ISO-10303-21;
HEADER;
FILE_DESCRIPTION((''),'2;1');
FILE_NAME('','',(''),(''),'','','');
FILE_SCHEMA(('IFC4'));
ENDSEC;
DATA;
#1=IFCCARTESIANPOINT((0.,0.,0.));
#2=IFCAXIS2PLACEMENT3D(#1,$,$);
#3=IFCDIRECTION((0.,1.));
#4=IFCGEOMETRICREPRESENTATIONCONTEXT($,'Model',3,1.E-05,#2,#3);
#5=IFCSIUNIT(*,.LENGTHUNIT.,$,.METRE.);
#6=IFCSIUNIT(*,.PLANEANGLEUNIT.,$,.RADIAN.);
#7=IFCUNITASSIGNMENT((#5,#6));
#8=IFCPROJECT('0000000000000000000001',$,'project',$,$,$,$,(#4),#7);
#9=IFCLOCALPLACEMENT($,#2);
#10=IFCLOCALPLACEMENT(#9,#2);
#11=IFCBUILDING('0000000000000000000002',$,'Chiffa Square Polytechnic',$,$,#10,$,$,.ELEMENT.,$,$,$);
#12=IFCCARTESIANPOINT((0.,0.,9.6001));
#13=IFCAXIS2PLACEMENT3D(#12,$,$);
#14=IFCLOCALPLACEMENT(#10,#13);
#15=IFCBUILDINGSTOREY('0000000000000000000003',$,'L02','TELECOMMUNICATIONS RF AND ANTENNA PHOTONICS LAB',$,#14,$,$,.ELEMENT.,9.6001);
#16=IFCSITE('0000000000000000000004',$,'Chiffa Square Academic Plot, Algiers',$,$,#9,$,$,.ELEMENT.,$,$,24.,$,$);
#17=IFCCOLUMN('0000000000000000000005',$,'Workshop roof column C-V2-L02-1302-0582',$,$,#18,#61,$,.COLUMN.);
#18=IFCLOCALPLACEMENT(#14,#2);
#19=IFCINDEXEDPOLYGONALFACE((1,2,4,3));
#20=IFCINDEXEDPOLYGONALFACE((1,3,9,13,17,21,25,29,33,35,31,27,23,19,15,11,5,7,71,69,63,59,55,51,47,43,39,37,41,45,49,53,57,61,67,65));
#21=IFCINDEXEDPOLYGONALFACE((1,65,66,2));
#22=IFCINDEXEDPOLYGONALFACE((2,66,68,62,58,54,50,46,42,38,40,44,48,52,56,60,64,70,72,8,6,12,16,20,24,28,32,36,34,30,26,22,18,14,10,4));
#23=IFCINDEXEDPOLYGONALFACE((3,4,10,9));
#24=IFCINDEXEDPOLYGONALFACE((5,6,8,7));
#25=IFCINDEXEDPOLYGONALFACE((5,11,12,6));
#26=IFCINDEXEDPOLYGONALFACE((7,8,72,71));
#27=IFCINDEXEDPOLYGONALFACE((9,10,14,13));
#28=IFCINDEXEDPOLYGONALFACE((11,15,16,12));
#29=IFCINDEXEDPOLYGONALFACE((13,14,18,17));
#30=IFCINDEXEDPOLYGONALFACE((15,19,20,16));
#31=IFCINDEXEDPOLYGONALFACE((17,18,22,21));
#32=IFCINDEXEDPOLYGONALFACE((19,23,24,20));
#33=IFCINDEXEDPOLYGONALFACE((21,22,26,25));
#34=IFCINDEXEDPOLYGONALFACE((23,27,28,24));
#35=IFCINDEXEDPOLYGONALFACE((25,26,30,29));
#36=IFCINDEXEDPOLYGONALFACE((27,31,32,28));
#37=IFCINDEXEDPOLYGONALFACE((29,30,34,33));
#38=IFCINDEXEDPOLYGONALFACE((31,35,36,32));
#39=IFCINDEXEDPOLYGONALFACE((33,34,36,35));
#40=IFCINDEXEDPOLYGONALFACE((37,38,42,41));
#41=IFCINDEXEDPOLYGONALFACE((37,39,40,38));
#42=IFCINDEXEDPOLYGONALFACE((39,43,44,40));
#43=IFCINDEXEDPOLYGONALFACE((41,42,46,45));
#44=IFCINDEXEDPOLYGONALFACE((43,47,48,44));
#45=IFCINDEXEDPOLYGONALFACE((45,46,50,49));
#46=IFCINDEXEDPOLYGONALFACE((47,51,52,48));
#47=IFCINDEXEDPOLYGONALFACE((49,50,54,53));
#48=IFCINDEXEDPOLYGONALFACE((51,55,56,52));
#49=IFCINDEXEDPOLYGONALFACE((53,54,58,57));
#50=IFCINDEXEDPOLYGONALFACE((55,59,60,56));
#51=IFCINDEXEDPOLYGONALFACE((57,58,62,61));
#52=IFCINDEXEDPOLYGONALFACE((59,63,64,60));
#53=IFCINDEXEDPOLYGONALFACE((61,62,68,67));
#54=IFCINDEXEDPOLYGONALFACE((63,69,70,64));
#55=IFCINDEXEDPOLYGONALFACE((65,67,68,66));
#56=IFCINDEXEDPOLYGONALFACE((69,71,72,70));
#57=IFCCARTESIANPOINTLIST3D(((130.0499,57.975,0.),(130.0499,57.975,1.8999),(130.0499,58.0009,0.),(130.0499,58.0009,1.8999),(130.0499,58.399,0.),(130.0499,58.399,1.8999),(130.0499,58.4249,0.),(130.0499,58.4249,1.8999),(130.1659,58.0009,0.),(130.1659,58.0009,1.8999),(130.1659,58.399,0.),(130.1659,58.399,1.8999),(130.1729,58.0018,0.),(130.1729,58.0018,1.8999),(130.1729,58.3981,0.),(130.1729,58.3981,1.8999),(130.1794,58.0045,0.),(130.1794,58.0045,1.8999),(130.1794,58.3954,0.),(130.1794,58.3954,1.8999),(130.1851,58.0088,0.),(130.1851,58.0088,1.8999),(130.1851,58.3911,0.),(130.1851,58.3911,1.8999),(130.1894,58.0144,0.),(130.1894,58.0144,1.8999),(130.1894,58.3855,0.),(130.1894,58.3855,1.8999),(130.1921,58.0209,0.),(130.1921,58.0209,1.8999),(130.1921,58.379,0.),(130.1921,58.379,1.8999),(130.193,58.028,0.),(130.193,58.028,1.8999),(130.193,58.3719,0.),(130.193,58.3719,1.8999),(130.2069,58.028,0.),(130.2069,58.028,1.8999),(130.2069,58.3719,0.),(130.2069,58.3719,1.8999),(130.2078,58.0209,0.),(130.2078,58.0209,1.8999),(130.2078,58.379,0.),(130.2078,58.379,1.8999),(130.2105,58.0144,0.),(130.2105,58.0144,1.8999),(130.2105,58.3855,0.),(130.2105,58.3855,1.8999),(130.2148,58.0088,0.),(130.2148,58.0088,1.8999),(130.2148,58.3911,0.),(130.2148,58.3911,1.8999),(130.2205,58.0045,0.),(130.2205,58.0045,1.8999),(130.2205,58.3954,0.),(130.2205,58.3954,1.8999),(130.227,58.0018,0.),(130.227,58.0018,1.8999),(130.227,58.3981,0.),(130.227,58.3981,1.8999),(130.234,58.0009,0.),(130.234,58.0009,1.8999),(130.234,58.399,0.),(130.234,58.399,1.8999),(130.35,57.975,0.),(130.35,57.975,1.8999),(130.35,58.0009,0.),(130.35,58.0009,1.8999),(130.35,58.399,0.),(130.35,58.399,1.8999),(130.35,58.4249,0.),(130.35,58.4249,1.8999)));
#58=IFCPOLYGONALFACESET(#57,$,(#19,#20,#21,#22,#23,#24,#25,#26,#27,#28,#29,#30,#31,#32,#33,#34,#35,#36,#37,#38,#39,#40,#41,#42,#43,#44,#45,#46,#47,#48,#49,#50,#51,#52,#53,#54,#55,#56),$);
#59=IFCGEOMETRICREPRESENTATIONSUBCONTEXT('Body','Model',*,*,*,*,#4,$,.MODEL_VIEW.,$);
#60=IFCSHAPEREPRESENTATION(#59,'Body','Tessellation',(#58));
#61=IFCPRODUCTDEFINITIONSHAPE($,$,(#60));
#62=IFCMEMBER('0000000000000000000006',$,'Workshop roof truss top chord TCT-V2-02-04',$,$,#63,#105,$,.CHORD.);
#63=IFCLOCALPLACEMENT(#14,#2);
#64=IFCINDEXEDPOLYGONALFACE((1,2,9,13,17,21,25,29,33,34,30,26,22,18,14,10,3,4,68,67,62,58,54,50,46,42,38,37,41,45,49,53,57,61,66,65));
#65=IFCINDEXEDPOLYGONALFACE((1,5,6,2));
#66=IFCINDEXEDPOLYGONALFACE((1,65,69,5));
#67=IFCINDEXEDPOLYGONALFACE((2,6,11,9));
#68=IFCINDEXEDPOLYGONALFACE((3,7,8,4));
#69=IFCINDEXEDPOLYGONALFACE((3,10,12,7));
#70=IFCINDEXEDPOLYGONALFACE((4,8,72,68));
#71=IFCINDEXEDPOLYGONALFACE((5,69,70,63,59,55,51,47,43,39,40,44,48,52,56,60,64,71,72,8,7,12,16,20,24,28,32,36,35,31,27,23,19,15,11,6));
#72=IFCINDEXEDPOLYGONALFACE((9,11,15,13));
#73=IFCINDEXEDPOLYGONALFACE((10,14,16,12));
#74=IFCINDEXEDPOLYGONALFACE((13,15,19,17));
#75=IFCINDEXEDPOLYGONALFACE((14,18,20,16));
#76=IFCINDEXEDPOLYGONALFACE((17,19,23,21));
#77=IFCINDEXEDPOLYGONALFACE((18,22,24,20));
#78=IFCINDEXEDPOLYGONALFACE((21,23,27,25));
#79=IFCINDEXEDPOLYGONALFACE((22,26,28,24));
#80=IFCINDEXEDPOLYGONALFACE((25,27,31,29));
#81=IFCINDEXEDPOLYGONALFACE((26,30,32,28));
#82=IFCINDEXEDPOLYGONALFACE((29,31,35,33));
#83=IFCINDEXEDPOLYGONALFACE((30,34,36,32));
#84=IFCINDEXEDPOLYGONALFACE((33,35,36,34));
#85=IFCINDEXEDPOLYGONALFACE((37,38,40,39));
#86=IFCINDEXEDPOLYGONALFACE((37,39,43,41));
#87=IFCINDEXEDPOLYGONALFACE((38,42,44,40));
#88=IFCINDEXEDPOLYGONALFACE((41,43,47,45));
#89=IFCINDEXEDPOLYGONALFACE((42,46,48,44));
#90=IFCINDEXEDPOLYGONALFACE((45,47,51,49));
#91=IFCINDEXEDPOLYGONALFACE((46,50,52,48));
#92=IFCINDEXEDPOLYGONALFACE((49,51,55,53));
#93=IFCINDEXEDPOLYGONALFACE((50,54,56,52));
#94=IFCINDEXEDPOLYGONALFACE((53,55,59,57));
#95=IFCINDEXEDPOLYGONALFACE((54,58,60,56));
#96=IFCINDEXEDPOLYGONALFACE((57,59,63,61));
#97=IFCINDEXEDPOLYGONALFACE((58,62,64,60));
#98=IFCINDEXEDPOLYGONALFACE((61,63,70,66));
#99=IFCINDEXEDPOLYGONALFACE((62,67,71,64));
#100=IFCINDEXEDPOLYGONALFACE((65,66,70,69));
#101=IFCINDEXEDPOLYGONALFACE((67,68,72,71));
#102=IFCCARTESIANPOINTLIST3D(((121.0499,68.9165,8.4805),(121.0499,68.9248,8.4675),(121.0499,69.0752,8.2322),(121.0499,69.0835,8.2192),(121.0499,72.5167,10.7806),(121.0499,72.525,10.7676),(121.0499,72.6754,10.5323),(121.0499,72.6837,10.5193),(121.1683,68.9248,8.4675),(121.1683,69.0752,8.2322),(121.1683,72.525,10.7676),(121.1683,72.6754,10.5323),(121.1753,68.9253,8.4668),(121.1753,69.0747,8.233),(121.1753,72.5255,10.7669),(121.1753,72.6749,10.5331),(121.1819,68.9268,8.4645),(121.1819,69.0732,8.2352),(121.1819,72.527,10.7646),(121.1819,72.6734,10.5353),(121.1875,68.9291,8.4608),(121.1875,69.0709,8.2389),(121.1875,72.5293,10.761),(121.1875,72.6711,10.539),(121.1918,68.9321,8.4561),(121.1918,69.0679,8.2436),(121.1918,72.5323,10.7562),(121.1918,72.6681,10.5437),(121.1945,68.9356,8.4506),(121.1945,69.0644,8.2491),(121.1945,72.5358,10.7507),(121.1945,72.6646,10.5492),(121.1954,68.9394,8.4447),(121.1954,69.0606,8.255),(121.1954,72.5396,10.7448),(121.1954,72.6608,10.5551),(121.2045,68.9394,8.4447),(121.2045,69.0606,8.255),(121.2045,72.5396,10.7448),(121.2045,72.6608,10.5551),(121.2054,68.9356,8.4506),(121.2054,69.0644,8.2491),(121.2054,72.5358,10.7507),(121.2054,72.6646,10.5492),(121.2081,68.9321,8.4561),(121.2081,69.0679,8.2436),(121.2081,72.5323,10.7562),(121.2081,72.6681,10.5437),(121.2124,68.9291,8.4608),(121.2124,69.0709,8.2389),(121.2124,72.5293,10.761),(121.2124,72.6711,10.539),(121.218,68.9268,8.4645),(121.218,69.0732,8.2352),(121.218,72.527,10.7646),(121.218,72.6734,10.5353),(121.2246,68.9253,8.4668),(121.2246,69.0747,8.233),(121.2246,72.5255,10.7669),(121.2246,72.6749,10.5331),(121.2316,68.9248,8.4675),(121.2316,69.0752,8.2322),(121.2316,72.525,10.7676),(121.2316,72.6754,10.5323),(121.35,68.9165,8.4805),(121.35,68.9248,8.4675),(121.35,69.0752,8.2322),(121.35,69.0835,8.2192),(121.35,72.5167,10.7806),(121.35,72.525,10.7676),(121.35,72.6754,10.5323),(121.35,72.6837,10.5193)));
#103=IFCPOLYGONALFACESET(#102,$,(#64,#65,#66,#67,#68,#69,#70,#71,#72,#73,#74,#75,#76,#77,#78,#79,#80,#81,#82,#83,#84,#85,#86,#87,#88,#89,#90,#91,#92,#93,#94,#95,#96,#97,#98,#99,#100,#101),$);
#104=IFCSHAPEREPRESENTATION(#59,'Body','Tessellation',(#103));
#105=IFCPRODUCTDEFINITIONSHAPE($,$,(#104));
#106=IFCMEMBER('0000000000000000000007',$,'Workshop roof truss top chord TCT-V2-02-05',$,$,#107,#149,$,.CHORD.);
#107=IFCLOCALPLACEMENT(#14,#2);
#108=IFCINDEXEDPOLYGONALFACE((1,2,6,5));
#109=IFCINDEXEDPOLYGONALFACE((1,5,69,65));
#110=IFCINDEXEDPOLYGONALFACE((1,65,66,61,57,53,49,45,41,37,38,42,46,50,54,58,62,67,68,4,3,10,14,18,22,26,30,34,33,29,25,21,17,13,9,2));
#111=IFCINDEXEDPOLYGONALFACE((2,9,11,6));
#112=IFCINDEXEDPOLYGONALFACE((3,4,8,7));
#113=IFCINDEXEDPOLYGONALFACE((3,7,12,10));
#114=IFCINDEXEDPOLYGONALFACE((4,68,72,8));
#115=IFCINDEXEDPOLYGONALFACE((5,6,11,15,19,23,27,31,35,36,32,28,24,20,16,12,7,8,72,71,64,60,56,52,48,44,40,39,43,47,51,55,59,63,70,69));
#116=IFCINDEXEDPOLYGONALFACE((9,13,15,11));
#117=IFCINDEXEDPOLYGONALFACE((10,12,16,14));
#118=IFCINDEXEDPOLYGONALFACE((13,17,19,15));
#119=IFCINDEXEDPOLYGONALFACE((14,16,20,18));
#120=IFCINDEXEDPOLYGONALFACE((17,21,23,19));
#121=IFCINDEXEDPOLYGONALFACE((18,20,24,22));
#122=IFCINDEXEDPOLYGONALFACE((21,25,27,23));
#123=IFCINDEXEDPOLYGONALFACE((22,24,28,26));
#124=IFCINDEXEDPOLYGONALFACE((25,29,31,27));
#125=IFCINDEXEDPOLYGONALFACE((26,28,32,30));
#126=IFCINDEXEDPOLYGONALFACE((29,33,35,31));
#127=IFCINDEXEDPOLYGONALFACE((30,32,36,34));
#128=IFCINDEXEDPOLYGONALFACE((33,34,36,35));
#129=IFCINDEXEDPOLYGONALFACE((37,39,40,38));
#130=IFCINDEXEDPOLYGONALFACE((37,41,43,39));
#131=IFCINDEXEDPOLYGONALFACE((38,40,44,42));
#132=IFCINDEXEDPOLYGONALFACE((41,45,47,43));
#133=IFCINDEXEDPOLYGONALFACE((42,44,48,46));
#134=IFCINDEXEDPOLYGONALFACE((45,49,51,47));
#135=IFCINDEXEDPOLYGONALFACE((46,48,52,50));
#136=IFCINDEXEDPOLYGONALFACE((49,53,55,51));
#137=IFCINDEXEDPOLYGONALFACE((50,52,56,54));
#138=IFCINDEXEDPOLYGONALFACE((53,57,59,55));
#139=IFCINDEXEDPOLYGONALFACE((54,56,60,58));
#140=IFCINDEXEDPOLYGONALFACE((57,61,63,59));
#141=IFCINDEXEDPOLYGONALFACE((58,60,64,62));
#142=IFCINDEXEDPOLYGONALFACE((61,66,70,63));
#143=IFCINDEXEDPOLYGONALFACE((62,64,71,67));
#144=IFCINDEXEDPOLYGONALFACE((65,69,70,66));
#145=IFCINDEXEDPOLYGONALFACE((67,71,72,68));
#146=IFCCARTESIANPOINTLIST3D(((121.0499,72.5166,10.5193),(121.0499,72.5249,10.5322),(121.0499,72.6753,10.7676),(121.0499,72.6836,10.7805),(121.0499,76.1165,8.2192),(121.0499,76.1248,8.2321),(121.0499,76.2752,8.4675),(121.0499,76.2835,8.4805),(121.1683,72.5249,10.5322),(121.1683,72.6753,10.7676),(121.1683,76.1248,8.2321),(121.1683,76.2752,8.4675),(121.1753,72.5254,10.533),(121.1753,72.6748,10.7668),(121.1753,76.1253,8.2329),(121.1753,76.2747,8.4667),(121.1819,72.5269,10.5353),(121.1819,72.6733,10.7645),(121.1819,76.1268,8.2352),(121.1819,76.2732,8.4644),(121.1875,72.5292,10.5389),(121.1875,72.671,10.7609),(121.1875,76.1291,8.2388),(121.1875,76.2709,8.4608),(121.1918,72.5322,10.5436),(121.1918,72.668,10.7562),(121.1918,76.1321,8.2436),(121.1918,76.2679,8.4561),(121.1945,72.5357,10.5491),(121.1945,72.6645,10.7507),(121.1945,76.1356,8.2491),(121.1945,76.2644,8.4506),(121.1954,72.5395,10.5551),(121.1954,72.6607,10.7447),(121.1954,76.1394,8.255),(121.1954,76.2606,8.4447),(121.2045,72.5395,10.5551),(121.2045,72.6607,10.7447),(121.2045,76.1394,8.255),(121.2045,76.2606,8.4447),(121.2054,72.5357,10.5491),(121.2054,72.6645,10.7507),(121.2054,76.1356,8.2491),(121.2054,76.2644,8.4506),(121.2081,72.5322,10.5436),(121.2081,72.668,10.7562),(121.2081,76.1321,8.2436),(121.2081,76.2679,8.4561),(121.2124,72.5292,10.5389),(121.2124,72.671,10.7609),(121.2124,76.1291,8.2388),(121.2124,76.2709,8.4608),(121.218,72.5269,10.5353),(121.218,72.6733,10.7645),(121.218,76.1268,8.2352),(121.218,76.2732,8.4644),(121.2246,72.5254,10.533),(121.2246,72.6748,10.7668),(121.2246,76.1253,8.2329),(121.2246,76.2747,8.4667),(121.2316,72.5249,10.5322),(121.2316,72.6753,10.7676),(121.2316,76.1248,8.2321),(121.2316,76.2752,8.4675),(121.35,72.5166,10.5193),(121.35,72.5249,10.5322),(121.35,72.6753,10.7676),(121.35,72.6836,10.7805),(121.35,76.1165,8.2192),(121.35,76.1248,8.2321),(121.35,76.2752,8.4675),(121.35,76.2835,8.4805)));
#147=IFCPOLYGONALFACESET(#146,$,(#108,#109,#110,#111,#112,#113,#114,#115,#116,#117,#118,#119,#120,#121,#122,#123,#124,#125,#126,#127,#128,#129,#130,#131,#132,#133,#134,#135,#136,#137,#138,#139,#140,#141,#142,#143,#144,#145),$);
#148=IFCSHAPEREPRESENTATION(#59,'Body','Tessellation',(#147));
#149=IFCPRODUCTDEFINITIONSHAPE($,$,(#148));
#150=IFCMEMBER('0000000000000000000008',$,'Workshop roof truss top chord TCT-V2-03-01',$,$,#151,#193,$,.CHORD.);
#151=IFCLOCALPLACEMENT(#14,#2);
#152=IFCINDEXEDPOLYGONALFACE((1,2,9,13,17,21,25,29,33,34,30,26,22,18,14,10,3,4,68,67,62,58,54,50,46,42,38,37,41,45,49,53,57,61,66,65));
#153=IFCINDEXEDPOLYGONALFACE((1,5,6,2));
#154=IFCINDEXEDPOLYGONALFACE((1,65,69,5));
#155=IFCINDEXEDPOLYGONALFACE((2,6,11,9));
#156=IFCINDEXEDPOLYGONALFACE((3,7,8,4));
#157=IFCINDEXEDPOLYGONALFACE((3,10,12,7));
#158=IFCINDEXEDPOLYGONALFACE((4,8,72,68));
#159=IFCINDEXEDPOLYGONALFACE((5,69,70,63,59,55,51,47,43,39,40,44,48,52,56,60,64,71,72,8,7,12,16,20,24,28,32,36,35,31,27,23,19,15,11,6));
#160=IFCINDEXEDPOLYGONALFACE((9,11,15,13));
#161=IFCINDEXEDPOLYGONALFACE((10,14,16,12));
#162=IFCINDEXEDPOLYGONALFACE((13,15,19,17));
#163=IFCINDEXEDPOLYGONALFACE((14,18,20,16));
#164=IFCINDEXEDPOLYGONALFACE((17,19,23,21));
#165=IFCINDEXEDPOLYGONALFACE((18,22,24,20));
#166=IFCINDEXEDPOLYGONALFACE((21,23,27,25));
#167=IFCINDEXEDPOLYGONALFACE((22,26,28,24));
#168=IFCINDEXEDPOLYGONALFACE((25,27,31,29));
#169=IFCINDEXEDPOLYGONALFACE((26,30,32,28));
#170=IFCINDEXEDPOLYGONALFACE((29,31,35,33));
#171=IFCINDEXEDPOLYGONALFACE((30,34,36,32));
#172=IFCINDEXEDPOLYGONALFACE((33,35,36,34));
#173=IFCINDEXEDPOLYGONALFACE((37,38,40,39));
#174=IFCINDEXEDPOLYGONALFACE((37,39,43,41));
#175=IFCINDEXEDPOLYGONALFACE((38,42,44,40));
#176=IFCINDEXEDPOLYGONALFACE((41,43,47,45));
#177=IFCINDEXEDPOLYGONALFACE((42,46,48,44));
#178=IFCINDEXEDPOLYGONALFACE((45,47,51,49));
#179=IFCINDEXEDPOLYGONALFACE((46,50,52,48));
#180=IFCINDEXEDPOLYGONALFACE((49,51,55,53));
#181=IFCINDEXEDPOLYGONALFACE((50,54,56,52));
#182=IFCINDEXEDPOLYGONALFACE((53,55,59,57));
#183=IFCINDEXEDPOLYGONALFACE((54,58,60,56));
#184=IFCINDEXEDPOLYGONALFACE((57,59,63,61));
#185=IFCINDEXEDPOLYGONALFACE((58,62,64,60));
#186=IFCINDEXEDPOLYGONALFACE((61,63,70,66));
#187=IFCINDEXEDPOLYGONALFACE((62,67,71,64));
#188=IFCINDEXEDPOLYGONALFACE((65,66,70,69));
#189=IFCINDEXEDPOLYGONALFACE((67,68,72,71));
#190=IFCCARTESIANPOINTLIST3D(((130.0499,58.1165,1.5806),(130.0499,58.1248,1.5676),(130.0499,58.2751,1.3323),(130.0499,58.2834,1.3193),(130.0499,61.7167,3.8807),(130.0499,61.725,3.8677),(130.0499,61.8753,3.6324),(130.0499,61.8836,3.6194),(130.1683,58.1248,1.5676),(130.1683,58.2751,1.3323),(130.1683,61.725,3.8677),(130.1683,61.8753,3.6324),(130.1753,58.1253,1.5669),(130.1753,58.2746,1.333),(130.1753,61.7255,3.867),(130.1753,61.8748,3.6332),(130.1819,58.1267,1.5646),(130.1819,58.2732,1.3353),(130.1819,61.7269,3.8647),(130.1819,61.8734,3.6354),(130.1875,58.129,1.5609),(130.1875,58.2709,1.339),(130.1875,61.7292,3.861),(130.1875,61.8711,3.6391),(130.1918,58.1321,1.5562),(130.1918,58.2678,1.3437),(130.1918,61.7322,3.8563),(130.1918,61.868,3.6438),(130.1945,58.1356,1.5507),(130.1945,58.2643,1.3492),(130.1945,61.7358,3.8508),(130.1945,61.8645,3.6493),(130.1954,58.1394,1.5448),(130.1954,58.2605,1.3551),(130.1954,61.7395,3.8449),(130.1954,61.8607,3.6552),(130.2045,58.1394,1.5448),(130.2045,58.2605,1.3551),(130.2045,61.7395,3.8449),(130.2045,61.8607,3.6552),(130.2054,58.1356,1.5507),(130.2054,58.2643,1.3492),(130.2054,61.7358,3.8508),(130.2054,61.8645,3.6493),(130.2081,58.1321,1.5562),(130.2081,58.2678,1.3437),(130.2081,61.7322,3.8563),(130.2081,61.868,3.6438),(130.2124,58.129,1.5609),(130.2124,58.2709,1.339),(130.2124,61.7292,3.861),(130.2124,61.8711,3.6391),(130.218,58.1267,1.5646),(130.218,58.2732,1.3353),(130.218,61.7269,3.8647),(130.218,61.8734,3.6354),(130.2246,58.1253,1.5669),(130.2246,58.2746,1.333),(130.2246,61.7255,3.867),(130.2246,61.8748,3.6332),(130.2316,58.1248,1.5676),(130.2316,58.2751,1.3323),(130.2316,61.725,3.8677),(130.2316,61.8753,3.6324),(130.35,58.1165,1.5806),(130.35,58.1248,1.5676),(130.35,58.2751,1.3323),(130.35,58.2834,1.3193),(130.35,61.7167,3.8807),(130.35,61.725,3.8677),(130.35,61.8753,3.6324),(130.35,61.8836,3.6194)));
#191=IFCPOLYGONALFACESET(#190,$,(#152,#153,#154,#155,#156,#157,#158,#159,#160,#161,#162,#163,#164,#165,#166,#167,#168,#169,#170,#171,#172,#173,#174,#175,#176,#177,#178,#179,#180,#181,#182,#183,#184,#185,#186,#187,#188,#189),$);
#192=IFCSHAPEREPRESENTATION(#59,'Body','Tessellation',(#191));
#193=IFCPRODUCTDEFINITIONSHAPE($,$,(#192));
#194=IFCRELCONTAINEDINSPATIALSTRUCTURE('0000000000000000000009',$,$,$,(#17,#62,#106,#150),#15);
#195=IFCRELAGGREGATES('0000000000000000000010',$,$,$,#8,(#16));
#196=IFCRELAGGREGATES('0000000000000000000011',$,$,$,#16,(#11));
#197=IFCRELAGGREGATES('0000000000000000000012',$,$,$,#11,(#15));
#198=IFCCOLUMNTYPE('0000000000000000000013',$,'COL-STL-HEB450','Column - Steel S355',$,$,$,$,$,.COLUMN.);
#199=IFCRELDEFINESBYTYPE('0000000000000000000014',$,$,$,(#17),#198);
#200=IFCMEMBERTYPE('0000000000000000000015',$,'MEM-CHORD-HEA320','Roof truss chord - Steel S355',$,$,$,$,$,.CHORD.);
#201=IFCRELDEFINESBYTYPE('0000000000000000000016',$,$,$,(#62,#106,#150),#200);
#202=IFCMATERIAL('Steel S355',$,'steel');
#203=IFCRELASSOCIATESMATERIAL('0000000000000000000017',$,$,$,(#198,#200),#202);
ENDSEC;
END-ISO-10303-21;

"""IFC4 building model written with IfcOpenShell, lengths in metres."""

from ifc_helpers import new_model, si_unit, direction, frame, origin, origin_2d, place, context, subcontext, project, spatial, i_section, extrude, material, material_profile, profile_set, type_object, element, save


model = new_model("IFC4")

# Units and contexts
model_context = context("Model", 3, precision=1e-05, world=origin(), true_north=direction((0.0, 1.0)))
body_context = subcontext(model_context, "Body", "Model", "MODEL_VIEW")
ifc_project = project(units=[si_unit("LENGTHUNIT", "METRE"), si_unit("PLANEANGLEUNIT", "RADIAN")], contexts=[model_context])

# Site, building, storey
site_placement = place(None, origin())
site = spatial("IfcSite", under=ifc_project, at=site_placement, Name="Chiffa Square Academic Plot, Algiers", CompositionType="ELEMENT", RefElevation=24.0)
building_placement = place(site_placement, origin())
building = spatial("IfcBuilding", under=site, at=building_placement, Name="Chiffa Square Polytechnic", CompositionType="ELEMENT")
storey_placement = place(building_placement, frame((0.0, 0.0, 9.6001)))
storey = spatial("IfcBuildingStorey", under=building, at=storey_placement, Name="L02", Description="TELECOMMUNICATIONS RF AND ANTENNA PHOTONICS LAB", CompositionType="ELEMENT", Elevation=9.6001)

# Column
ifc_material_1 = material(Name="Steel S355", Category="steel")
ifc_material_profile_1 = material_profile(ifc_material_1, i_section(OverallWidth=0.3, OverallDepth=0.45, WebThickness=0.0139, FlangeThickness=0.0259, FilletRadius=0.0271, at=origin_2d()), Name="HEB 450")
ifc_profile_set_1 = profile_set([ifc_material_profile_1], Name="Steel S355")
column_type = type_object("IfcColumnType", Name="COL-STL-HEB450", Description="Column - Steel S355", PredefinedType="COLUMN", material=ifc_profile_set_1)
column_placement = place(storey_placement, frame((130.2, 58.2, 0.0), z_axis=(0.0, 0.0, 1.0), x_axis=(1.0, 0.0, 0.0)))
element("IfcColumn", 1, at=column_placement, inside=storey, type_object=column_type, Name="Workshop roof column C-V2-L02-1302-0582", PredefinedType="COLUMN", context=body_context, shape_type="SweptSolid", body=[
    extrude(i_section(OverallWidth=0.3, OverallDepth=0.45, WebThickness=0.0139, FlangeThickness=0.0259, FilletRadius=0.0271, at=origin_2d()), origin(), (0.0, 0.0, 1.0), 1.8999),
])

# Members
ifc_material_profile_2 = material_profile(ifc_material_1, i_section(OverallWidth=0.3, OverallDepth=0.3101, WebThickness=0.009, FlangeThickness=0.0154, FilletRadius=0.0271, at=origin_2d()), Name="HEA 320")
ifc_profile_set_2 = profile_set([ifc_material_profile_2], Name="Steel S355")
member_type_1 = type_object("IfcMemberType", Name="MEM-CHORD-HEA320", Description="Roof truss chord - Steel S355", PredefinedType="CHORD", material=ifc_profile_set_2)
member_1_placement = place(storey_placement, frame((121.2, 69.0, 8.3499), z_axis=(0.0, 0.842698, 0.538387), x_axis=(-1.0, 0.0, 0.0)))
element("IfcMember", 2, at=member_1_placement, inside=storey, type_object=member_type_1, Name="Workshop roof truss top chord TCT-V2-02-04", PredefinedType="CHORD", context=body_context, shape_type="SweptSolid", body=[
    extrude(i_section(OverallWidth=0.3, OverallDepth=0.3101, WebThickness=0.009, FlangeThickness=0.0154, FilletRadius=0.0271, at=origin_2d()), origin(), (0.0, 0.0, 1.0), 4.2722),
])
member_2_placement = place(storey_placement, frame((121.2, 72.6001, 10.6499), z_axis=(0.0, 0.842681, -0.538413), x_axis=(-1.0, 0.0, 0.0)))
element("IfcMember", 3, at=member_2_placement, inside=storey, type_object=member_type_1, Name="Workshop roof truss top chord TCT-V2-02-05", PredefinedType="CHORD", context=body_context, shape_type="SweptSolid", body=[
    extrude(i_section(OverallWidth=0.3, OverallDepth=0.3101, WebThickness=0.009, FlangeThickness=0.0154, FilletRadius=0.0271, at=origin_2d()), origin(), (0.0, 0.0, 1.0), 4.272),
])
member_3_placement = place(storey_placement, frame((130.2, 58.2, 1.45), z_axis=(0.0, 0.842698, 0.538387), x_axis=(-1.0, 0.0, 0.0)))
element("IfcMember", 4, at=member_3_placement, inside=storey, type_object=member_type_1, Name="Workshop roof truss top chord TCT-V2-03-01", PredefinedType="CHORD", context=body_context, shape_type="SweptSolid", body=[
    extrude(i_section(OverallWidth=0.3, OverallDepth=0.3101, WebThickness=0.009, FlangeThickness=0.0154, FilletRadius=0.0271, at=origin_2d()), origin(), (0.0, 0.0, 1.0), 4.2722),
])

save(model, "model.ifc")
